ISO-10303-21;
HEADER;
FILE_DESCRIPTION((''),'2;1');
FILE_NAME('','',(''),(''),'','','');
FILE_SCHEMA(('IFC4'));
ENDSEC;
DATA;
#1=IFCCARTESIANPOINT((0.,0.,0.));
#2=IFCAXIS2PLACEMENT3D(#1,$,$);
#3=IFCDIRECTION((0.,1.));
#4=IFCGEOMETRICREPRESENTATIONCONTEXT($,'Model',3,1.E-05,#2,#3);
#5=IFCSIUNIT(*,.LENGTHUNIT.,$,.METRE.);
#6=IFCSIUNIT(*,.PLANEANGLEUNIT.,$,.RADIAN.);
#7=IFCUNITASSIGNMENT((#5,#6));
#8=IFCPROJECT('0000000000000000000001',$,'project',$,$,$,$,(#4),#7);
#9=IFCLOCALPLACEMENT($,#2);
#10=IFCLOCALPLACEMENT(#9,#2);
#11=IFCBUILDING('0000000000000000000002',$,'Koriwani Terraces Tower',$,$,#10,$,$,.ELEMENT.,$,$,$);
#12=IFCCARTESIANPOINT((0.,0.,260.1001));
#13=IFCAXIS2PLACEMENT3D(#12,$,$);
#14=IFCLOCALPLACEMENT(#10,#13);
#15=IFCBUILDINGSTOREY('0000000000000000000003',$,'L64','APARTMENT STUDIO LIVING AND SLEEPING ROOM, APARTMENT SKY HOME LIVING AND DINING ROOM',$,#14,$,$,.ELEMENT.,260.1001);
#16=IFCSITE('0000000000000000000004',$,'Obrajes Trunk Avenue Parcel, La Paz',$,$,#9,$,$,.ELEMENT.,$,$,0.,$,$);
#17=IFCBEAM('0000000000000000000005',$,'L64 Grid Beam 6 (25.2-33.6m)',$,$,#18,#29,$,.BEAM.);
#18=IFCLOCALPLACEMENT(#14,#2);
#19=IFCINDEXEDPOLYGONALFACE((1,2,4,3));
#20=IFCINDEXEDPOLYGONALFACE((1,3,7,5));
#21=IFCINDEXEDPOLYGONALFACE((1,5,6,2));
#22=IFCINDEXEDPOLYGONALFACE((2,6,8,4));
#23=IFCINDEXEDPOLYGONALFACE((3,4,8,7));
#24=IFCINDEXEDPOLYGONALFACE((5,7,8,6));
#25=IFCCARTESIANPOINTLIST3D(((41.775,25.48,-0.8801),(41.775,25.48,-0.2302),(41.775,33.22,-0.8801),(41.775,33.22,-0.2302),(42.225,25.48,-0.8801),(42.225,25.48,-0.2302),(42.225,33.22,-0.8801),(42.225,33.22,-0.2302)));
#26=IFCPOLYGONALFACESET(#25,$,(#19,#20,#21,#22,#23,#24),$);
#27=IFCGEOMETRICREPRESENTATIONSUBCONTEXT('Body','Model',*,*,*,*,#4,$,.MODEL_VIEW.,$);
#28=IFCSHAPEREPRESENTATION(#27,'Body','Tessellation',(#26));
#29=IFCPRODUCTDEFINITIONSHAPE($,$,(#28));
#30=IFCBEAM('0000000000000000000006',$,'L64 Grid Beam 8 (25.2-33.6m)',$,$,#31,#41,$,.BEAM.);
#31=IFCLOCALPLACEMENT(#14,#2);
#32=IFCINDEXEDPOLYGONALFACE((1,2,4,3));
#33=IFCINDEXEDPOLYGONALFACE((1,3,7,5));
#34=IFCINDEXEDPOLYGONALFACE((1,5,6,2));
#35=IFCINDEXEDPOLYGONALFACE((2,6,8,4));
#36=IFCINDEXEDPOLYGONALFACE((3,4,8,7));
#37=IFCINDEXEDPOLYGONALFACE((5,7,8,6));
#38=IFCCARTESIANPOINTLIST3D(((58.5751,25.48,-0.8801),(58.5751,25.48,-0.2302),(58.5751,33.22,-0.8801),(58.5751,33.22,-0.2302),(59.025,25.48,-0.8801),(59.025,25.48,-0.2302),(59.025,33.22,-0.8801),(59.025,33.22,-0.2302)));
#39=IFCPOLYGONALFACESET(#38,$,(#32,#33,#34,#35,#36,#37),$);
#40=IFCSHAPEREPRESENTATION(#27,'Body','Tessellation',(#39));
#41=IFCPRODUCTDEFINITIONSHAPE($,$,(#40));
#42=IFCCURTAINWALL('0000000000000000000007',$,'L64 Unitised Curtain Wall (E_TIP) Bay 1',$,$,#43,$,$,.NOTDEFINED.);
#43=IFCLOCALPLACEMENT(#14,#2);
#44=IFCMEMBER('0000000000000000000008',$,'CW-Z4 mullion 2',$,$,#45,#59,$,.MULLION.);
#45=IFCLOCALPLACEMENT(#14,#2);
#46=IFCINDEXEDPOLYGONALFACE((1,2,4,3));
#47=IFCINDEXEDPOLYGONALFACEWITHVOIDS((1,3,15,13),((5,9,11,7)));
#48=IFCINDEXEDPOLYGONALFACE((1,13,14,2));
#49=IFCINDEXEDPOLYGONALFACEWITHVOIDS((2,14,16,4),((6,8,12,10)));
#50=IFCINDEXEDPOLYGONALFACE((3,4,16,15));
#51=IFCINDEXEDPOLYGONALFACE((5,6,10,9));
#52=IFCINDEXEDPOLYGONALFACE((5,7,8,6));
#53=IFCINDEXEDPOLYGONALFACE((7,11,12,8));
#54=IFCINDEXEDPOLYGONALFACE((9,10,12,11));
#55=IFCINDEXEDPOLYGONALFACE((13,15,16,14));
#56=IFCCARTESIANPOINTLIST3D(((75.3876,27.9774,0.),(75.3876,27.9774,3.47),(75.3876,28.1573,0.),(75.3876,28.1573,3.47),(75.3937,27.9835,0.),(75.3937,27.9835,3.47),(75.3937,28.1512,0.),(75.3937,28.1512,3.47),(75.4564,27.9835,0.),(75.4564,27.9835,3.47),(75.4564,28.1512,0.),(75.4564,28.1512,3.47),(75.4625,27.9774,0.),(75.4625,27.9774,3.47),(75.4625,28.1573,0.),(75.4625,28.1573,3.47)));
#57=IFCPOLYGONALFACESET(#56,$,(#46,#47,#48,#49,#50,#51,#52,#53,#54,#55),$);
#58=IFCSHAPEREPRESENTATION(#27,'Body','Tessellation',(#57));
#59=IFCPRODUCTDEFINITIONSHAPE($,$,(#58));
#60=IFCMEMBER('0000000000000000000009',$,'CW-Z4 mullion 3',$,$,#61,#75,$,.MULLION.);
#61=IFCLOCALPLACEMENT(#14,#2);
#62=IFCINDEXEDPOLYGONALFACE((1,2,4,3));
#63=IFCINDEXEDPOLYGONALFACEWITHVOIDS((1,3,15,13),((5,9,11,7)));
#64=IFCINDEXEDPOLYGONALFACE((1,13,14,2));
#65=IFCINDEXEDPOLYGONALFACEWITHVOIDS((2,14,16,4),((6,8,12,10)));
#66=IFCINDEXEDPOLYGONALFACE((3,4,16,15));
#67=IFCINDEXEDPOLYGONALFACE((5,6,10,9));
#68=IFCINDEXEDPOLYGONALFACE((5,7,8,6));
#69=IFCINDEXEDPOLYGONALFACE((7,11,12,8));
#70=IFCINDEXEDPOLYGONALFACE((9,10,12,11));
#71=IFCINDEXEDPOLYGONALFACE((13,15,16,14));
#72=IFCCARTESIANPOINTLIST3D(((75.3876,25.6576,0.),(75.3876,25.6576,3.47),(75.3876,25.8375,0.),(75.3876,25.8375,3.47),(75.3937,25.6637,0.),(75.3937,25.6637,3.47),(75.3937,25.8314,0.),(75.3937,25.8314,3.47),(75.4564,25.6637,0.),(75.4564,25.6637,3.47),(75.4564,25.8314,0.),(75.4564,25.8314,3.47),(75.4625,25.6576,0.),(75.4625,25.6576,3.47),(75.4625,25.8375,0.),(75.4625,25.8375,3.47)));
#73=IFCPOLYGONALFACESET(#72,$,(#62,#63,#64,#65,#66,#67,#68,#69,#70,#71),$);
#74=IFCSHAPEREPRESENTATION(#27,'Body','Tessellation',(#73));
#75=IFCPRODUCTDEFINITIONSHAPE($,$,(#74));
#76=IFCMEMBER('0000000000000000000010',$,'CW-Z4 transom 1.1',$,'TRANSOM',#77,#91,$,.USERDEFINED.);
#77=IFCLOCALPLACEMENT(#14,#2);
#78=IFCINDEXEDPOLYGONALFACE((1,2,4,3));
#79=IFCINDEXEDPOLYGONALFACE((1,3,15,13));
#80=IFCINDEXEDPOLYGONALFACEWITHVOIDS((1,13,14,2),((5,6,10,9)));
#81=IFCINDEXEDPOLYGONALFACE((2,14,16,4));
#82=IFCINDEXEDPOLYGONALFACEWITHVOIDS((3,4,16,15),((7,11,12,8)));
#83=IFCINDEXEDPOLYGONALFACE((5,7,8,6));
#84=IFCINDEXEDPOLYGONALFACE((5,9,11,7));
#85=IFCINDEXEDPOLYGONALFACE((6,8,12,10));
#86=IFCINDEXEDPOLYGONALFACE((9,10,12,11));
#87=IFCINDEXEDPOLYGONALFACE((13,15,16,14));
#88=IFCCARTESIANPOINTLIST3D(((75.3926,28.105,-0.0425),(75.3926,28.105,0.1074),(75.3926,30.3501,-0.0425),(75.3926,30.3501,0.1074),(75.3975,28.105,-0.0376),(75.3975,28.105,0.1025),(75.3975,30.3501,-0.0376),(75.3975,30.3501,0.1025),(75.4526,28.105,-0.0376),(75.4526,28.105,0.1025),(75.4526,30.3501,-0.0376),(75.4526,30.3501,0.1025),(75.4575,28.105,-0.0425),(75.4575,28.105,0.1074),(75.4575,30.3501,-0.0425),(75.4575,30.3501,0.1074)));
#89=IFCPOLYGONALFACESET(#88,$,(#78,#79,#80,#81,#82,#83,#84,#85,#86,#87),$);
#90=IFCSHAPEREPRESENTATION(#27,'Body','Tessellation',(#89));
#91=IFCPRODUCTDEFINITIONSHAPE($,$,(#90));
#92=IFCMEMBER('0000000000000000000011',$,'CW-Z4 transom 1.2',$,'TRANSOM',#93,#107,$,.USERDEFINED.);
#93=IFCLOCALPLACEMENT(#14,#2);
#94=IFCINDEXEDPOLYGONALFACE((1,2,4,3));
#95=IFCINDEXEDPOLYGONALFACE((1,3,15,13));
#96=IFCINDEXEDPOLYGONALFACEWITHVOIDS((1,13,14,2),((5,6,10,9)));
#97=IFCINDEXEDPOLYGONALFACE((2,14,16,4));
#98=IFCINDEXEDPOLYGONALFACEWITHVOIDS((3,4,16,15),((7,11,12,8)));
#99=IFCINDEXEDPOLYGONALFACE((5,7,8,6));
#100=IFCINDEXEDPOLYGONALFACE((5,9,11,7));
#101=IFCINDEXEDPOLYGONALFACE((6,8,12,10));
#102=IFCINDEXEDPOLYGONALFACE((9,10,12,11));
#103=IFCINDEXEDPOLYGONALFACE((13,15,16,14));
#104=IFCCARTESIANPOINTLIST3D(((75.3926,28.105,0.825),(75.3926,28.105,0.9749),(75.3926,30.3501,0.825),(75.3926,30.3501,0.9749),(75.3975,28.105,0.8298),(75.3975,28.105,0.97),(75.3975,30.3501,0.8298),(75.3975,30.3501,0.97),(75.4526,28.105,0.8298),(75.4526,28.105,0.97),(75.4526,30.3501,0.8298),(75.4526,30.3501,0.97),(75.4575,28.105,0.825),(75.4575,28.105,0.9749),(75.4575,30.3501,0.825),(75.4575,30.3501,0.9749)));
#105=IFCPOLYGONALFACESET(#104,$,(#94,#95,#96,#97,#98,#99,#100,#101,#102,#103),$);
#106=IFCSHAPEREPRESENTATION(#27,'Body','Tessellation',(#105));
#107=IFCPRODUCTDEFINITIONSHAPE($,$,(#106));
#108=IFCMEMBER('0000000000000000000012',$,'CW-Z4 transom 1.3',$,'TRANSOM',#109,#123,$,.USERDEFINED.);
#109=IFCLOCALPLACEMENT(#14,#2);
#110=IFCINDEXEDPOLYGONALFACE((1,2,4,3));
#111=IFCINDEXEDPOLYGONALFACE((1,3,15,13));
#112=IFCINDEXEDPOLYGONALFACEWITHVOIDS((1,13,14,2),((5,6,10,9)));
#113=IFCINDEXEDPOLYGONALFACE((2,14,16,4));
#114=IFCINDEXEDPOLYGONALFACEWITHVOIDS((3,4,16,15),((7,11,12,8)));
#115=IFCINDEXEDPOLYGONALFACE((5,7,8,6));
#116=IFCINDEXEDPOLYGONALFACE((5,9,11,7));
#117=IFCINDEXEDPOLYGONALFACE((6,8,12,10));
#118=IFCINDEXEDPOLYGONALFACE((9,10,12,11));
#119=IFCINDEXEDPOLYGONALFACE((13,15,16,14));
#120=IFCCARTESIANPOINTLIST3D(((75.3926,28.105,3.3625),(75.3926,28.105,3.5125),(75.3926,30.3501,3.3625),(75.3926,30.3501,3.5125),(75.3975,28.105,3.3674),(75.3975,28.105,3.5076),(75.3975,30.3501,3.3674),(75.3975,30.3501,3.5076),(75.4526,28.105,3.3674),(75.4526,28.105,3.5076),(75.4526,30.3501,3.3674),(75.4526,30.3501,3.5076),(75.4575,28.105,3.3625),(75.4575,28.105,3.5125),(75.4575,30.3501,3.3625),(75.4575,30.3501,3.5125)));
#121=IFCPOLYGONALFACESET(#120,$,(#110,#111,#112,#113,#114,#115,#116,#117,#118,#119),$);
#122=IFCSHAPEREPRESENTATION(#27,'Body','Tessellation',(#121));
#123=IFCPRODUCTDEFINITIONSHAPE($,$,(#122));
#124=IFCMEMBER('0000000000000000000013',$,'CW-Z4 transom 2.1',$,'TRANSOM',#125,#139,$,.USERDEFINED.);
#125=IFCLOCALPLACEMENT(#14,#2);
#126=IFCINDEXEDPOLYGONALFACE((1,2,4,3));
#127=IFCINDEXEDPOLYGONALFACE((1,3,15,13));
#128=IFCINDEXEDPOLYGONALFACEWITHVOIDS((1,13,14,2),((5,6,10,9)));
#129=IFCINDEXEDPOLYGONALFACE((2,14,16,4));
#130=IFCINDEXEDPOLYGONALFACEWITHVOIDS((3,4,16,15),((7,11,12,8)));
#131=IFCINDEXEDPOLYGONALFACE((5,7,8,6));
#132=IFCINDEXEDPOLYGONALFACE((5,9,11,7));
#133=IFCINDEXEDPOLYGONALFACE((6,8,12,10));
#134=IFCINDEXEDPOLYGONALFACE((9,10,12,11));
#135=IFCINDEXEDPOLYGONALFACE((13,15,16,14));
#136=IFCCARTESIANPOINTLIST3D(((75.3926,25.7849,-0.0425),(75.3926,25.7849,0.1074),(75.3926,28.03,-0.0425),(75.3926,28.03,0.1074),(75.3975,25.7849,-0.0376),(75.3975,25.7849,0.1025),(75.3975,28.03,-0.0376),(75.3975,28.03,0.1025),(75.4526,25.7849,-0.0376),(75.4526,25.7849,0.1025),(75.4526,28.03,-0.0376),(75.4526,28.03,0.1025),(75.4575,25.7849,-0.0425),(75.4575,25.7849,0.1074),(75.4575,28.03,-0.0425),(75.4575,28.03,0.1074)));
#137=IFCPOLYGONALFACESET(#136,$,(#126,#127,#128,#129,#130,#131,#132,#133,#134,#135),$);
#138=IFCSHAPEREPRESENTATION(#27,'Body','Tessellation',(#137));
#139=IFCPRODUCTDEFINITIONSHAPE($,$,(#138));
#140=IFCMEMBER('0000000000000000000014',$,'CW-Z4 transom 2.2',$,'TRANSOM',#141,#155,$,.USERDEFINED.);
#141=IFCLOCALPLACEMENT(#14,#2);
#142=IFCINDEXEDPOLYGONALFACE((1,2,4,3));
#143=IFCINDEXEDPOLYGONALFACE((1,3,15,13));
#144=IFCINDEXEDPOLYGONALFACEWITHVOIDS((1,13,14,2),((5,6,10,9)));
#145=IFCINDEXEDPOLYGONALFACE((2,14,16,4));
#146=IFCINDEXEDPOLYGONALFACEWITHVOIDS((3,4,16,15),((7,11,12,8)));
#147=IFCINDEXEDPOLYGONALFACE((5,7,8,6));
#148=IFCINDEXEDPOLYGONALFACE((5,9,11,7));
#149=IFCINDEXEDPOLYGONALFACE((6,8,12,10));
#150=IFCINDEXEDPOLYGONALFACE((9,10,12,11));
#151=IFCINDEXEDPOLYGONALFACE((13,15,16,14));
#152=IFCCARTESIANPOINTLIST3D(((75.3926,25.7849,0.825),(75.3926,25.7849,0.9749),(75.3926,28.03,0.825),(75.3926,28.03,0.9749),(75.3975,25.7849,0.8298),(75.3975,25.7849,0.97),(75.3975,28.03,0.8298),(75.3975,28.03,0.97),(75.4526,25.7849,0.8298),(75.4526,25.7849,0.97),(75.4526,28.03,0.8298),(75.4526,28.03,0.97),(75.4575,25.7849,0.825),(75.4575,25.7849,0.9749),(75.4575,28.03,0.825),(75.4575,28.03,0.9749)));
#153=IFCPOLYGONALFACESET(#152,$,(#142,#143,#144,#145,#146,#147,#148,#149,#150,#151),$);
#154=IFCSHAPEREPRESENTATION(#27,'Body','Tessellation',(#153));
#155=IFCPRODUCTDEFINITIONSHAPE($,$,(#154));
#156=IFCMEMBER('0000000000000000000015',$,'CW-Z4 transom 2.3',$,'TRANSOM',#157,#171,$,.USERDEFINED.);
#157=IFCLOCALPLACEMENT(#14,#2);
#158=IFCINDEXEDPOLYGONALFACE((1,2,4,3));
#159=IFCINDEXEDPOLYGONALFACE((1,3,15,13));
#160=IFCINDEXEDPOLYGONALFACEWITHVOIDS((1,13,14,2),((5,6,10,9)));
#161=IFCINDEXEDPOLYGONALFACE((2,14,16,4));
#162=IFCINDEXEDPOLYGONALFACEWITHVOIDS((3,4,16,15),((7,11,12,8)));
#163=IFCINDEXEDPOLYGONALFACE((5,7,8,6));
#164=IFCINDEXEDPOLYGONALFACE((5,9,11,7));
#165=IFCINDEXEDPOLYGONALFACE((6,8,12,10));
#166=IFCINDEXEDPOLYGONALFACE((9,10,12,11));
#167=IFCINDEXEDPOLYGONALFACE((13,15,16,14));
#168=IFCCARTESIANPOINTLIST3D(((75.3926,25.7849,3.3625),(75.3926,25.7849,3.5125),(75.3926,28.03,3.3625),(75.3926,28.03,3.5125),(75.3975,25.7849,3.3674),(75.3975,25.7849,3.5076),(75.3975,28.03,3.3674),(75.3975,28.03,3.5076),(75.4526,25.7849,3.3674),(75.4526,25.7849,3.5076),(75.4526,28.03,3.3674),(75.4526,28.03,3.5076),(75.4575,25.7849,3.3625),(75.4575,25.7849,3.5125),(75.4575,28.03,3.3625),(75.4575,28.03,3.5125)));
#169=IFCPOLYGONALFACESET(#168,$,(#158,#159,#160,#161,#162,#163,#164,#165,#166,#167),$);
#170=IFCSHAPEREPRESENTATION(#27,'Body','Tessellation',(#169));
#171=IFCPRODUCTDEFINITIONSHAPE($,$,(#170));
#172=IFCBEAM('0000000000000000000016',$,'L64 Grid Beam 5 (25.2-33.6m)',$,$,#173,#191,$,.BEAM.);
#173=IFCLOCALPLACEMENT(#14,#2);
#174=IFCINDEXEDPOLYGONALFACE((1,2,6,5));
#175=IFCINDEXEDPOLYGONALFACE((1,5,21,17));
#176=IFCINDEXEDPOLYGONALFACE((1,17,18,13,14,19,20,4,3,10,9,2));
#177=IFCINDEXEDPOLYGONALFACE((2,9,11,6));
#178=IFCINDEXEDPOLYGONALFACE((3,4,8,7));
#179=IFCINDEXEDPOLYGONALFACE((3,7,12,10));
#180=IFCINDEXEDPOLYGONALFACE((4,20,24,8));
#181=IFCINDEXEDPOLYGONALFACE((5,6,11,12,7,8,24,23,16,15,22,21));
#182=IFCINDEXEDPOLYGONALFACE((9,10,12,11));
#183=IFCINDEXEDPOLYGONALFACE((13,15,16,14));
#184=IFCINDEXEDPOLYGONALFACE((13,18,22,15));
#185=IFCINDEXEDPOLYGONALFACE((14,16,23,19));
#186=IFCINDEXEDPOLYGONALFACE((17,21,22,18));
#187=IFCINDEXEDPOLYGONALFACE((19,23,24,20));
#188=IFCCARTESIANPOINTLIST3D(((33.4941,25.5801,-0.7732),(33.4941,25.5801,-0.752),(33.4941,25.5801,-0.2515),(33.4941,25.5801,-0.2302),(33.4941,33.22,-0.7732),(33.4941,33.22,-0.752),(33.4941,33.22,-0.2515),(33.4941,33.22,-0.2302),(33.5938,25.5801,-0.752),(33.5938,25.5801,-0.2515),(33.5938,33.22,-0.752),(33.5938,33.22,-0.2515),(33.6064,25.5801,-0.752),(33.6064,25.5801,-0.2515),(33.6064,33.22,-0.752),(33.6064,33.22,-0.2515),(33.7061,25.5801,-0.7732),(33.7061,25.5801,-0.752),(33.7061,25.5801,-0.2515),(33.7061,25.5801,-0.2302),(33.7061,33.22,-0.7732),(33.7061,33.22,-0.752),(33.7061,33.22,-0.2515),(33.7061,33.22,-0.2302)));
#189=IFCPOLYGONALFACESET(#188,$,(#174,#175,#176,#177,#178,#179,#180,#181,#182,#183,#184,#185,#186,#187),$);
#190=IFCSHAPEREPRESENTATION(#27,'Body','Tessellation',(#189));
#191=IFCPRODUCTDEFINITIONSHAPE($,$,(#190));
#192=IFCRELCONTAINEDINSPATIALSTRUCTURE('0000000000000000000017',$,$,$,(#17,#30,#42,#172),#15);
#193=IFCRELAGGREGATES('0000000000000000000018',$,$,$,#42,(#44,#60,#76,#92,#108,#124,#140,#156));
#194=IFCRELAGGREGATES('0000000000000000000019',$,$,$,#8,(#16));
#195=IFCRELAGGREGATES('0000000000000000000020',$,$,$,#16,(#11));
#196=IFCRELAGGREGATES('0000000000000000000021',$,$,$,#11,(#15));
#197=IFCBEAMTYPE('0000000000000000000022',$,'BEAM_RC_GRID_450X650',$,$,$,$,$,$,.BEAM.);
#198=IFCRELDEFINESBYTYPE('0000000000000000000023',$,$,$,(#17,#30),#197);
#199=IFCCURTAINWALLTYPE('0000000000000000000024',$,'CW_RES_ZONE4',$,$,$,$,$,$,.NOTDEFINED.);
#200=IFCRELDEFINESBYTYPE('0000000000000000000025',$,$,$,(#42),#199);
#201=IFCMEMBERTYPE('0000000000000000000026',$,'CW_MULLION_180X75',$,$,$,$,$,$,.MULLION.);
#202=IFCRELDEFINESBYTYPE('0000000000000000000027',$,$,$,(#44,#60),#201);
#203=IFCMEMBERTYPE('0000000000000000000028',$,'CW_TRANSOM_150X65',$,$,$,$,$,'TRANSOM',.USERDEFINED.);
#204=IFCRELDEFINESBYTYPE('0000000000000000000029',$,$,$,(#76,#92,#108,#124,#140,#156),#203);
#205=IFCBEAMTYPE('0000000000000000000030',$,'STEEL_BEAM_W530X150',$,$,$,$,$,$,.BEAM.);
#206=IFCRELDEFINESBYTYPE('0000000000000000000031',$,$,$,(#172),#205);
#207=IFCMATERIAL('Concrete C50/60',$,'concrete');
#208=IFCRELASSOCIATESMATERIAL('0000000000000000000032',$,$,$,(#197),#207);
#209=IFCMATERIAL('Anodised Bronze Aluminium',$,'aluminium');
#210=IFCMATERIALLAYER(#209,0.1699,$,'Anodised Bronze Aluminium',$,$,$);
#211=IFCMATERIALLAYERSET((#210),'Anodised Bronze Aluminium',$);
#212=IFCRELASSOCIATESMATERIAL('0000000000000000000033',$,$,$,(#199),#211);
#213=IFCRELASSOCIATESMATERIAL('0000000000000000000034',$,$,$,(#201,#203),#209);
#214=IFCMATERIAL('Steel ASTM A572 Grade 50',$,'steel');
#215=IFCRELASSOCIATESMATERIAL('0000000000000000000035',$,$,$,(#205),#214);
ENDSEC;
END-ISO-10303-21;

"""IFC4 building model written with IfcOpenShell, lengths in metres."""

from ifc_helpers import new_model, si_unit, direction, frame, origin, origin_2d, place, context, subcontext, project, spatial, rectangle, hollow_rectangle, i_section, extrude, material, layer, layer_set, material_profile, profile_set, type_object, element, aggregate, save


model = new_model("IFC4")

# Units and contexts
model_context = context("Model", 3, precision=1e-05, world=origin(), true_north=direction((0.0, 1.0)))
body_context = subcontext(model_context, "Body", "Model", "MODEL_VIEW")
ifc_project = project(units=[si_unit("LENGTHUNIT", "METRE"), si_unit("PLANEANGLEUNIT", "RADIAN")], contexts=[model_context])

# Site, building, storey
site_placement = place(None, origin())
site = spatial("IfcSite", under=ifc_project, at=site_placement, Name="Obrajes Trunk Avenue Parcel, La Paz", CompositionType="ELEMENT", RefElevation=0.0)
building_placement = place(site_placement, origin())
building = spatial("IfcBuilding", under=site, at=building_placement, Name="Koriwani Terraces Tower", CompositionType="ELEMENT")
storey_placement = place(building_placement, frame((0.0, 0.0, 260.1001)))
storey = spatial("IfcBuildingStorey", under=building, at=storey_placement, Name="L64", Description="APARTMENT STUDIO LIVING AND SLEEPING ROOM, APARTMENT SKY HOME LIVING AND DINING ROOM", CompositionType="ELEMENT", Elevation=260.1001)

# Beams
ifc_material_1 = material(Name="Concrete C50/60", Category="concrete")
ifc_material_profile_1 = material_profile(ifc_material_1, rectangle(XDim=0.45, YDim=0.6499, at=origin_2d()), Name="Concrete C50/60", Category="LoadBearing")
ifc_profile_set_1 = profile_set([ifc_material_profile_1], Name="Concrete C50/60")
beam_type_1 = type_object("IfcBeamType", Name="BEAM_RC_GRID_450X650", PredefinedType="BEAM", material=ifc_profile_set_1)
for number, where, z_axis, x_axis, name in (
    (1, (42.0, 25.48, -0.5552), (0.0, 1.0, 0.0), (-1.0, 0.0, 0.0), "L64 Grid Beam 6 (25.2-33.6m)"),
    (2, (58.8, 25.48, -0.5552), (0.0, 1.0, 0.0), (-1.0, 0.0, 0.0), "L64 Grid Beam 8 (25.2-33.6m)"),
):
    element("IfcBeam", number, at=place(storey_placement, frame(where, z_axis=z_axis, x_axis=x_axis)), inside=storey, type_object=beam_type_1, Name=name, PredefinedType="BEAM", context=body_context, shape_type="SweptSolid", body=[
        extrude(rectangle(XDim=0.45, YDim=0.6499, at=origin_2d()), origin(), (0.0, 0.0, 1.0), 7.74),
    ])

# Curtain wall, members
ifc_material_2 = material(Name="Anodised Bronze Aluminium", Category="aluminium")
ifc_layer_1 = layer(ifc_material_2, 0.1699, Name="Anodised Bronze Aluminium")
ifc_layer_set_1 = layer_set([ifc_layer_1], Name="Anodised Bronze Aluminium")
curtain_wall_type = type_object("IfcCurtainWallType", Name="CW_RES_ZONE4", PredefinedType="NOTDEFINED", material=ifc_layer_set_1)
curtain_wall_placement = place(storey_placement, origin())
curtain_wall = element("IfcCurtainWall", 3, at=curtain_wall_placement, inside=storey, type_object=curtain_wall_type, Name="L64 Unitised Curtain Wall (E_TIP) Bay 1", PredefinedType="NOTDEFINED")
ifc_material_profile_2 = material_profile(ifc_material_2, hollow_rectangle(XDim=0.075, YDim=0.1799, WallThickness=0.0061, at=origin_2d()), Name="Anodised Bronze Aluminium", Category="LoadBearing")
ifc_profile_set_2 = profile_set([ifc_material_profile_2], Name="Anodised Bronze Aluminium")
member_type_1 = type_object("IfcMemberType", Name="CW_MULLION_180X75", PredefinedType="MULLION", material=ifc_profile_set_2)
member_1_placement = place(storey_placement, frame((75.425, 28.0674, 0.0), z_axis=(0.0, 0.0, 1.0), x_axis=(1.0, 0.0, 0.0)))
member_1 = element("IfcMember", 4, at=member_1_placement, type_object=member_type_1, Name="CW-Z4 mullion 2", PredefinedType="MULLION", context=body_context, shape_type="SweptSolid", body=[
    extrude(hollow_rectangle(XDim=0.075, YDim=0.1799, WallThickness=0.0061, at=origin_2d()), origin(), (0.0, 0.0, 1.0), 3.47),
])
member_2_placement = place(storey_placement, frame((75.425, 25.7476, 0.0), z_axis=(0.0, 0.0, 1.0), x_axis=(1.0, 0.0, 0.0)))
member_2 = element("IfcMember", 5, at=member_2_placement, type_object=member_type_1, Name="CW-Z4 mullion 3", PredefinedType="MULLION", context=body_context, shape_type="SweptSolid", body=[
    extrude(hollow_rectangle(XDim=0.075, YDim=0.1799, WallThickness=0.0061, at=origin_2d()), origin(), (0.0, 0.0, 1.0), 3.47),
])
ifc_material_profile_3 = material_profile(ifc_material_2, hollow_rectangle(XDim=0.0649, YDim=0.1499, WallThickness=0.0049, at=origin_2d()), Name="Anodised Bronze Aluminium", Category="LoadBearing")
ifc_profile_set_3 = profile_set([ifc_material_profile_3], Name="Anodised Bronze Aluminium")
member_type_2 = type_object("IfcMemberType", Name="CW_TRANSOM_150X65", ElementType="TRANSOM", PredefinedType="USERDEFINED", material=ifc_profile_set_3)
member_3_placement = place(storey_placement, frame((75.425, 30.3501, 0.0325), z_axis=(0.0, -1.0, 0.0), x_axis=(1.0, 0.0, 0.0)))
member_3 = element("IfcMember", 6, at=member_3_placement, type_object=member_type_2, Name="CW-Z4 transom 1.1", ObjectType="TRANSOM", PredefinedType="USERDEFINED", context=body_context, shape_type="SweptSolid", body=[
    extrude(hollow_rectangle(XDim=0.0649, YDim=0.1499, WallThickness=0.0049, at=origin_2d()), origin(), (0.0, 0.0, 1.0), 2.2451),
])
member_4_placement = place(storey_placement, frame((75.425, 30.3501, 0.8999), z_axis=(0.0, -1.0, 0.0), x_axis=(1.0, 0.0, 0.0)))
member_4 = element("IfcMember", 7, at=member_4_placement, type_object=member_type_2, Name="CW-Z4 transom 1.2", ObjectType="TRANSOM", PredefinedType="USERDEFINED", context=body_context, shape_type="SweptSolid", body=[
    extrude(hollow_rectangle(XDim=0.0649, YDim=0.1499, WallThickness=0.0049, at=origin_2d()), origin(), (0.0, 0.0, 1.0), 2.2451),
])
member_5_placement = place(storey_placement, frame((75.425, 30.3501, 3.4375), z_axis=(0.0, -1.0, 0.0), x_axis=(1.0, 0.0, 0.0)))
member_5 = element("IfcMember", 8, at=member_5_placement, type_object=member_type_2, Name="CW-Z4 transom 1.3", ObjectType="TRANSOM", PredefinedType="USERDEFINED", context=body_context, shape_type="SweptSolid", body=[
    extrude(hollow_rectangle(XDim=0.0649, YDim=0.1499, WallThickness=0.0049, at=origin_2d()), origin(), (0.0, 0.0, 1.0), 2.2451),
])
member_6_placement = place(storey_placement, frame((75.425, 28.03, 0.0325), z_axis=(0.0, -1.0, 0.0), x_axis=(1.0, 0.0, 0.0)))
member_6 = element("IfcMember", 9, at=member_6_placement, type_object=member_type_2, Name="CW-Z4 transom 2.1", ObjectType="TRANSOM", PredefinedType="USERDEFINED", context=body_context, shape_type="SweptSolid", body=[
    extrude(hollow_rectangle(XDim=0.0649, YDim=0.1499, WallThickness=0.0049, at=origin_2d()), origin(), (0.0, 0.0, 1.0), 2.2451),
])
member_7_placement = place(storey_placement, frame((75.425, 28.03, 0.8999), z_axis=(0.0, -1.0, 0.0), x_axis=(1.0, 0.0, 0.0)))
member_7 = element("IfcMember", 10, at=member_7_placement, type_object=member_type_2, Name="CW-Z4 transom 2.2", ObjectType="TRANSOM", PredefinedType="USERDEFINED", context=body_context, shape_type="SweptSolid", body=[
    extrude(hollow_rectangle(XDim=0.0649, YDim=0.1499, WallThickness=0.0049, at=origin_2d()), origin(), (0.0, 0.0, 1.0), 2.2451),
])
member_8_placement = place(storey_placement, frame((75.425, 28.03, 3.4375), z_axis=(0.0, -1.0, 0.0), x_axis=(1.0, 0.0, 0.0)))
member_8 = element("IfcMember", 11, at=member_8_placement, type_object=member_type_2, Name="CW-Z4 transom 2.3", ObjectType="TRANSOM", PredefinedType="USERDEFINED", context=body_context, shape_type="SweptSolid", body=[
    extrude(hollow_rectangle(XDim=0.0649, YDim=0.1499, WallThickness=0.0049, at=origin_2d()), origin(), (0.0, 0.0, 1.0), 2.2451),
])

# Beam
ifc_material_3 = material(Name="Steel ASTM A572 Grade 50", Category="steel")
ifc_material_profile_4 = material_profile(ifc_material_3, i_section(OverallWidth=0.2119, OverallDepth=0.543, WebThickness=0.0127, FlangeThickness=0.0212, at=origin_2d()), Name="Steel ASTM A572 Grade 50", Category="LoadBearing")
ifc_profile_set_4 = profile_set([ifc_material_profile_4], Name="Steel ASTM A572 Grade 50")
beam_type_2 = type_object("IfcBeamType", Name="STEEL_BEAM_W530X150", PredefinedType="BEAM", material=ifc_profile_set_4)
beam_1_placement = place(storey_placement, frame((33.6001, 25.5801, -0.5017), z_axis=(0.0, 1.0, 0.0), x_axis=(-1.0, 0.0, 0.0)))
element("IfcBeam", 12, at=beam_1_placement, inside=storey, type_object=beam_type_2, Name="L64 Grid Beam 5 (25.2-33.6m)", PredefinedType="BEAM", context=body_context, shape_type="SweptSolid", body=[
    extrude(i_section(OverallWidth=0.2119, OverallDepth=0.543, WebThickness=0.0127, FlangeThickness=0.0212, at=origin_2d()), origin(), (0.0, 0.0, 1.0), 7.6399),
])

aggregate(curtain_wall, [member_1, member_2, member_3, member_4, member_5, member_6, member_7, member_8])

save(model, "model.ifc")
